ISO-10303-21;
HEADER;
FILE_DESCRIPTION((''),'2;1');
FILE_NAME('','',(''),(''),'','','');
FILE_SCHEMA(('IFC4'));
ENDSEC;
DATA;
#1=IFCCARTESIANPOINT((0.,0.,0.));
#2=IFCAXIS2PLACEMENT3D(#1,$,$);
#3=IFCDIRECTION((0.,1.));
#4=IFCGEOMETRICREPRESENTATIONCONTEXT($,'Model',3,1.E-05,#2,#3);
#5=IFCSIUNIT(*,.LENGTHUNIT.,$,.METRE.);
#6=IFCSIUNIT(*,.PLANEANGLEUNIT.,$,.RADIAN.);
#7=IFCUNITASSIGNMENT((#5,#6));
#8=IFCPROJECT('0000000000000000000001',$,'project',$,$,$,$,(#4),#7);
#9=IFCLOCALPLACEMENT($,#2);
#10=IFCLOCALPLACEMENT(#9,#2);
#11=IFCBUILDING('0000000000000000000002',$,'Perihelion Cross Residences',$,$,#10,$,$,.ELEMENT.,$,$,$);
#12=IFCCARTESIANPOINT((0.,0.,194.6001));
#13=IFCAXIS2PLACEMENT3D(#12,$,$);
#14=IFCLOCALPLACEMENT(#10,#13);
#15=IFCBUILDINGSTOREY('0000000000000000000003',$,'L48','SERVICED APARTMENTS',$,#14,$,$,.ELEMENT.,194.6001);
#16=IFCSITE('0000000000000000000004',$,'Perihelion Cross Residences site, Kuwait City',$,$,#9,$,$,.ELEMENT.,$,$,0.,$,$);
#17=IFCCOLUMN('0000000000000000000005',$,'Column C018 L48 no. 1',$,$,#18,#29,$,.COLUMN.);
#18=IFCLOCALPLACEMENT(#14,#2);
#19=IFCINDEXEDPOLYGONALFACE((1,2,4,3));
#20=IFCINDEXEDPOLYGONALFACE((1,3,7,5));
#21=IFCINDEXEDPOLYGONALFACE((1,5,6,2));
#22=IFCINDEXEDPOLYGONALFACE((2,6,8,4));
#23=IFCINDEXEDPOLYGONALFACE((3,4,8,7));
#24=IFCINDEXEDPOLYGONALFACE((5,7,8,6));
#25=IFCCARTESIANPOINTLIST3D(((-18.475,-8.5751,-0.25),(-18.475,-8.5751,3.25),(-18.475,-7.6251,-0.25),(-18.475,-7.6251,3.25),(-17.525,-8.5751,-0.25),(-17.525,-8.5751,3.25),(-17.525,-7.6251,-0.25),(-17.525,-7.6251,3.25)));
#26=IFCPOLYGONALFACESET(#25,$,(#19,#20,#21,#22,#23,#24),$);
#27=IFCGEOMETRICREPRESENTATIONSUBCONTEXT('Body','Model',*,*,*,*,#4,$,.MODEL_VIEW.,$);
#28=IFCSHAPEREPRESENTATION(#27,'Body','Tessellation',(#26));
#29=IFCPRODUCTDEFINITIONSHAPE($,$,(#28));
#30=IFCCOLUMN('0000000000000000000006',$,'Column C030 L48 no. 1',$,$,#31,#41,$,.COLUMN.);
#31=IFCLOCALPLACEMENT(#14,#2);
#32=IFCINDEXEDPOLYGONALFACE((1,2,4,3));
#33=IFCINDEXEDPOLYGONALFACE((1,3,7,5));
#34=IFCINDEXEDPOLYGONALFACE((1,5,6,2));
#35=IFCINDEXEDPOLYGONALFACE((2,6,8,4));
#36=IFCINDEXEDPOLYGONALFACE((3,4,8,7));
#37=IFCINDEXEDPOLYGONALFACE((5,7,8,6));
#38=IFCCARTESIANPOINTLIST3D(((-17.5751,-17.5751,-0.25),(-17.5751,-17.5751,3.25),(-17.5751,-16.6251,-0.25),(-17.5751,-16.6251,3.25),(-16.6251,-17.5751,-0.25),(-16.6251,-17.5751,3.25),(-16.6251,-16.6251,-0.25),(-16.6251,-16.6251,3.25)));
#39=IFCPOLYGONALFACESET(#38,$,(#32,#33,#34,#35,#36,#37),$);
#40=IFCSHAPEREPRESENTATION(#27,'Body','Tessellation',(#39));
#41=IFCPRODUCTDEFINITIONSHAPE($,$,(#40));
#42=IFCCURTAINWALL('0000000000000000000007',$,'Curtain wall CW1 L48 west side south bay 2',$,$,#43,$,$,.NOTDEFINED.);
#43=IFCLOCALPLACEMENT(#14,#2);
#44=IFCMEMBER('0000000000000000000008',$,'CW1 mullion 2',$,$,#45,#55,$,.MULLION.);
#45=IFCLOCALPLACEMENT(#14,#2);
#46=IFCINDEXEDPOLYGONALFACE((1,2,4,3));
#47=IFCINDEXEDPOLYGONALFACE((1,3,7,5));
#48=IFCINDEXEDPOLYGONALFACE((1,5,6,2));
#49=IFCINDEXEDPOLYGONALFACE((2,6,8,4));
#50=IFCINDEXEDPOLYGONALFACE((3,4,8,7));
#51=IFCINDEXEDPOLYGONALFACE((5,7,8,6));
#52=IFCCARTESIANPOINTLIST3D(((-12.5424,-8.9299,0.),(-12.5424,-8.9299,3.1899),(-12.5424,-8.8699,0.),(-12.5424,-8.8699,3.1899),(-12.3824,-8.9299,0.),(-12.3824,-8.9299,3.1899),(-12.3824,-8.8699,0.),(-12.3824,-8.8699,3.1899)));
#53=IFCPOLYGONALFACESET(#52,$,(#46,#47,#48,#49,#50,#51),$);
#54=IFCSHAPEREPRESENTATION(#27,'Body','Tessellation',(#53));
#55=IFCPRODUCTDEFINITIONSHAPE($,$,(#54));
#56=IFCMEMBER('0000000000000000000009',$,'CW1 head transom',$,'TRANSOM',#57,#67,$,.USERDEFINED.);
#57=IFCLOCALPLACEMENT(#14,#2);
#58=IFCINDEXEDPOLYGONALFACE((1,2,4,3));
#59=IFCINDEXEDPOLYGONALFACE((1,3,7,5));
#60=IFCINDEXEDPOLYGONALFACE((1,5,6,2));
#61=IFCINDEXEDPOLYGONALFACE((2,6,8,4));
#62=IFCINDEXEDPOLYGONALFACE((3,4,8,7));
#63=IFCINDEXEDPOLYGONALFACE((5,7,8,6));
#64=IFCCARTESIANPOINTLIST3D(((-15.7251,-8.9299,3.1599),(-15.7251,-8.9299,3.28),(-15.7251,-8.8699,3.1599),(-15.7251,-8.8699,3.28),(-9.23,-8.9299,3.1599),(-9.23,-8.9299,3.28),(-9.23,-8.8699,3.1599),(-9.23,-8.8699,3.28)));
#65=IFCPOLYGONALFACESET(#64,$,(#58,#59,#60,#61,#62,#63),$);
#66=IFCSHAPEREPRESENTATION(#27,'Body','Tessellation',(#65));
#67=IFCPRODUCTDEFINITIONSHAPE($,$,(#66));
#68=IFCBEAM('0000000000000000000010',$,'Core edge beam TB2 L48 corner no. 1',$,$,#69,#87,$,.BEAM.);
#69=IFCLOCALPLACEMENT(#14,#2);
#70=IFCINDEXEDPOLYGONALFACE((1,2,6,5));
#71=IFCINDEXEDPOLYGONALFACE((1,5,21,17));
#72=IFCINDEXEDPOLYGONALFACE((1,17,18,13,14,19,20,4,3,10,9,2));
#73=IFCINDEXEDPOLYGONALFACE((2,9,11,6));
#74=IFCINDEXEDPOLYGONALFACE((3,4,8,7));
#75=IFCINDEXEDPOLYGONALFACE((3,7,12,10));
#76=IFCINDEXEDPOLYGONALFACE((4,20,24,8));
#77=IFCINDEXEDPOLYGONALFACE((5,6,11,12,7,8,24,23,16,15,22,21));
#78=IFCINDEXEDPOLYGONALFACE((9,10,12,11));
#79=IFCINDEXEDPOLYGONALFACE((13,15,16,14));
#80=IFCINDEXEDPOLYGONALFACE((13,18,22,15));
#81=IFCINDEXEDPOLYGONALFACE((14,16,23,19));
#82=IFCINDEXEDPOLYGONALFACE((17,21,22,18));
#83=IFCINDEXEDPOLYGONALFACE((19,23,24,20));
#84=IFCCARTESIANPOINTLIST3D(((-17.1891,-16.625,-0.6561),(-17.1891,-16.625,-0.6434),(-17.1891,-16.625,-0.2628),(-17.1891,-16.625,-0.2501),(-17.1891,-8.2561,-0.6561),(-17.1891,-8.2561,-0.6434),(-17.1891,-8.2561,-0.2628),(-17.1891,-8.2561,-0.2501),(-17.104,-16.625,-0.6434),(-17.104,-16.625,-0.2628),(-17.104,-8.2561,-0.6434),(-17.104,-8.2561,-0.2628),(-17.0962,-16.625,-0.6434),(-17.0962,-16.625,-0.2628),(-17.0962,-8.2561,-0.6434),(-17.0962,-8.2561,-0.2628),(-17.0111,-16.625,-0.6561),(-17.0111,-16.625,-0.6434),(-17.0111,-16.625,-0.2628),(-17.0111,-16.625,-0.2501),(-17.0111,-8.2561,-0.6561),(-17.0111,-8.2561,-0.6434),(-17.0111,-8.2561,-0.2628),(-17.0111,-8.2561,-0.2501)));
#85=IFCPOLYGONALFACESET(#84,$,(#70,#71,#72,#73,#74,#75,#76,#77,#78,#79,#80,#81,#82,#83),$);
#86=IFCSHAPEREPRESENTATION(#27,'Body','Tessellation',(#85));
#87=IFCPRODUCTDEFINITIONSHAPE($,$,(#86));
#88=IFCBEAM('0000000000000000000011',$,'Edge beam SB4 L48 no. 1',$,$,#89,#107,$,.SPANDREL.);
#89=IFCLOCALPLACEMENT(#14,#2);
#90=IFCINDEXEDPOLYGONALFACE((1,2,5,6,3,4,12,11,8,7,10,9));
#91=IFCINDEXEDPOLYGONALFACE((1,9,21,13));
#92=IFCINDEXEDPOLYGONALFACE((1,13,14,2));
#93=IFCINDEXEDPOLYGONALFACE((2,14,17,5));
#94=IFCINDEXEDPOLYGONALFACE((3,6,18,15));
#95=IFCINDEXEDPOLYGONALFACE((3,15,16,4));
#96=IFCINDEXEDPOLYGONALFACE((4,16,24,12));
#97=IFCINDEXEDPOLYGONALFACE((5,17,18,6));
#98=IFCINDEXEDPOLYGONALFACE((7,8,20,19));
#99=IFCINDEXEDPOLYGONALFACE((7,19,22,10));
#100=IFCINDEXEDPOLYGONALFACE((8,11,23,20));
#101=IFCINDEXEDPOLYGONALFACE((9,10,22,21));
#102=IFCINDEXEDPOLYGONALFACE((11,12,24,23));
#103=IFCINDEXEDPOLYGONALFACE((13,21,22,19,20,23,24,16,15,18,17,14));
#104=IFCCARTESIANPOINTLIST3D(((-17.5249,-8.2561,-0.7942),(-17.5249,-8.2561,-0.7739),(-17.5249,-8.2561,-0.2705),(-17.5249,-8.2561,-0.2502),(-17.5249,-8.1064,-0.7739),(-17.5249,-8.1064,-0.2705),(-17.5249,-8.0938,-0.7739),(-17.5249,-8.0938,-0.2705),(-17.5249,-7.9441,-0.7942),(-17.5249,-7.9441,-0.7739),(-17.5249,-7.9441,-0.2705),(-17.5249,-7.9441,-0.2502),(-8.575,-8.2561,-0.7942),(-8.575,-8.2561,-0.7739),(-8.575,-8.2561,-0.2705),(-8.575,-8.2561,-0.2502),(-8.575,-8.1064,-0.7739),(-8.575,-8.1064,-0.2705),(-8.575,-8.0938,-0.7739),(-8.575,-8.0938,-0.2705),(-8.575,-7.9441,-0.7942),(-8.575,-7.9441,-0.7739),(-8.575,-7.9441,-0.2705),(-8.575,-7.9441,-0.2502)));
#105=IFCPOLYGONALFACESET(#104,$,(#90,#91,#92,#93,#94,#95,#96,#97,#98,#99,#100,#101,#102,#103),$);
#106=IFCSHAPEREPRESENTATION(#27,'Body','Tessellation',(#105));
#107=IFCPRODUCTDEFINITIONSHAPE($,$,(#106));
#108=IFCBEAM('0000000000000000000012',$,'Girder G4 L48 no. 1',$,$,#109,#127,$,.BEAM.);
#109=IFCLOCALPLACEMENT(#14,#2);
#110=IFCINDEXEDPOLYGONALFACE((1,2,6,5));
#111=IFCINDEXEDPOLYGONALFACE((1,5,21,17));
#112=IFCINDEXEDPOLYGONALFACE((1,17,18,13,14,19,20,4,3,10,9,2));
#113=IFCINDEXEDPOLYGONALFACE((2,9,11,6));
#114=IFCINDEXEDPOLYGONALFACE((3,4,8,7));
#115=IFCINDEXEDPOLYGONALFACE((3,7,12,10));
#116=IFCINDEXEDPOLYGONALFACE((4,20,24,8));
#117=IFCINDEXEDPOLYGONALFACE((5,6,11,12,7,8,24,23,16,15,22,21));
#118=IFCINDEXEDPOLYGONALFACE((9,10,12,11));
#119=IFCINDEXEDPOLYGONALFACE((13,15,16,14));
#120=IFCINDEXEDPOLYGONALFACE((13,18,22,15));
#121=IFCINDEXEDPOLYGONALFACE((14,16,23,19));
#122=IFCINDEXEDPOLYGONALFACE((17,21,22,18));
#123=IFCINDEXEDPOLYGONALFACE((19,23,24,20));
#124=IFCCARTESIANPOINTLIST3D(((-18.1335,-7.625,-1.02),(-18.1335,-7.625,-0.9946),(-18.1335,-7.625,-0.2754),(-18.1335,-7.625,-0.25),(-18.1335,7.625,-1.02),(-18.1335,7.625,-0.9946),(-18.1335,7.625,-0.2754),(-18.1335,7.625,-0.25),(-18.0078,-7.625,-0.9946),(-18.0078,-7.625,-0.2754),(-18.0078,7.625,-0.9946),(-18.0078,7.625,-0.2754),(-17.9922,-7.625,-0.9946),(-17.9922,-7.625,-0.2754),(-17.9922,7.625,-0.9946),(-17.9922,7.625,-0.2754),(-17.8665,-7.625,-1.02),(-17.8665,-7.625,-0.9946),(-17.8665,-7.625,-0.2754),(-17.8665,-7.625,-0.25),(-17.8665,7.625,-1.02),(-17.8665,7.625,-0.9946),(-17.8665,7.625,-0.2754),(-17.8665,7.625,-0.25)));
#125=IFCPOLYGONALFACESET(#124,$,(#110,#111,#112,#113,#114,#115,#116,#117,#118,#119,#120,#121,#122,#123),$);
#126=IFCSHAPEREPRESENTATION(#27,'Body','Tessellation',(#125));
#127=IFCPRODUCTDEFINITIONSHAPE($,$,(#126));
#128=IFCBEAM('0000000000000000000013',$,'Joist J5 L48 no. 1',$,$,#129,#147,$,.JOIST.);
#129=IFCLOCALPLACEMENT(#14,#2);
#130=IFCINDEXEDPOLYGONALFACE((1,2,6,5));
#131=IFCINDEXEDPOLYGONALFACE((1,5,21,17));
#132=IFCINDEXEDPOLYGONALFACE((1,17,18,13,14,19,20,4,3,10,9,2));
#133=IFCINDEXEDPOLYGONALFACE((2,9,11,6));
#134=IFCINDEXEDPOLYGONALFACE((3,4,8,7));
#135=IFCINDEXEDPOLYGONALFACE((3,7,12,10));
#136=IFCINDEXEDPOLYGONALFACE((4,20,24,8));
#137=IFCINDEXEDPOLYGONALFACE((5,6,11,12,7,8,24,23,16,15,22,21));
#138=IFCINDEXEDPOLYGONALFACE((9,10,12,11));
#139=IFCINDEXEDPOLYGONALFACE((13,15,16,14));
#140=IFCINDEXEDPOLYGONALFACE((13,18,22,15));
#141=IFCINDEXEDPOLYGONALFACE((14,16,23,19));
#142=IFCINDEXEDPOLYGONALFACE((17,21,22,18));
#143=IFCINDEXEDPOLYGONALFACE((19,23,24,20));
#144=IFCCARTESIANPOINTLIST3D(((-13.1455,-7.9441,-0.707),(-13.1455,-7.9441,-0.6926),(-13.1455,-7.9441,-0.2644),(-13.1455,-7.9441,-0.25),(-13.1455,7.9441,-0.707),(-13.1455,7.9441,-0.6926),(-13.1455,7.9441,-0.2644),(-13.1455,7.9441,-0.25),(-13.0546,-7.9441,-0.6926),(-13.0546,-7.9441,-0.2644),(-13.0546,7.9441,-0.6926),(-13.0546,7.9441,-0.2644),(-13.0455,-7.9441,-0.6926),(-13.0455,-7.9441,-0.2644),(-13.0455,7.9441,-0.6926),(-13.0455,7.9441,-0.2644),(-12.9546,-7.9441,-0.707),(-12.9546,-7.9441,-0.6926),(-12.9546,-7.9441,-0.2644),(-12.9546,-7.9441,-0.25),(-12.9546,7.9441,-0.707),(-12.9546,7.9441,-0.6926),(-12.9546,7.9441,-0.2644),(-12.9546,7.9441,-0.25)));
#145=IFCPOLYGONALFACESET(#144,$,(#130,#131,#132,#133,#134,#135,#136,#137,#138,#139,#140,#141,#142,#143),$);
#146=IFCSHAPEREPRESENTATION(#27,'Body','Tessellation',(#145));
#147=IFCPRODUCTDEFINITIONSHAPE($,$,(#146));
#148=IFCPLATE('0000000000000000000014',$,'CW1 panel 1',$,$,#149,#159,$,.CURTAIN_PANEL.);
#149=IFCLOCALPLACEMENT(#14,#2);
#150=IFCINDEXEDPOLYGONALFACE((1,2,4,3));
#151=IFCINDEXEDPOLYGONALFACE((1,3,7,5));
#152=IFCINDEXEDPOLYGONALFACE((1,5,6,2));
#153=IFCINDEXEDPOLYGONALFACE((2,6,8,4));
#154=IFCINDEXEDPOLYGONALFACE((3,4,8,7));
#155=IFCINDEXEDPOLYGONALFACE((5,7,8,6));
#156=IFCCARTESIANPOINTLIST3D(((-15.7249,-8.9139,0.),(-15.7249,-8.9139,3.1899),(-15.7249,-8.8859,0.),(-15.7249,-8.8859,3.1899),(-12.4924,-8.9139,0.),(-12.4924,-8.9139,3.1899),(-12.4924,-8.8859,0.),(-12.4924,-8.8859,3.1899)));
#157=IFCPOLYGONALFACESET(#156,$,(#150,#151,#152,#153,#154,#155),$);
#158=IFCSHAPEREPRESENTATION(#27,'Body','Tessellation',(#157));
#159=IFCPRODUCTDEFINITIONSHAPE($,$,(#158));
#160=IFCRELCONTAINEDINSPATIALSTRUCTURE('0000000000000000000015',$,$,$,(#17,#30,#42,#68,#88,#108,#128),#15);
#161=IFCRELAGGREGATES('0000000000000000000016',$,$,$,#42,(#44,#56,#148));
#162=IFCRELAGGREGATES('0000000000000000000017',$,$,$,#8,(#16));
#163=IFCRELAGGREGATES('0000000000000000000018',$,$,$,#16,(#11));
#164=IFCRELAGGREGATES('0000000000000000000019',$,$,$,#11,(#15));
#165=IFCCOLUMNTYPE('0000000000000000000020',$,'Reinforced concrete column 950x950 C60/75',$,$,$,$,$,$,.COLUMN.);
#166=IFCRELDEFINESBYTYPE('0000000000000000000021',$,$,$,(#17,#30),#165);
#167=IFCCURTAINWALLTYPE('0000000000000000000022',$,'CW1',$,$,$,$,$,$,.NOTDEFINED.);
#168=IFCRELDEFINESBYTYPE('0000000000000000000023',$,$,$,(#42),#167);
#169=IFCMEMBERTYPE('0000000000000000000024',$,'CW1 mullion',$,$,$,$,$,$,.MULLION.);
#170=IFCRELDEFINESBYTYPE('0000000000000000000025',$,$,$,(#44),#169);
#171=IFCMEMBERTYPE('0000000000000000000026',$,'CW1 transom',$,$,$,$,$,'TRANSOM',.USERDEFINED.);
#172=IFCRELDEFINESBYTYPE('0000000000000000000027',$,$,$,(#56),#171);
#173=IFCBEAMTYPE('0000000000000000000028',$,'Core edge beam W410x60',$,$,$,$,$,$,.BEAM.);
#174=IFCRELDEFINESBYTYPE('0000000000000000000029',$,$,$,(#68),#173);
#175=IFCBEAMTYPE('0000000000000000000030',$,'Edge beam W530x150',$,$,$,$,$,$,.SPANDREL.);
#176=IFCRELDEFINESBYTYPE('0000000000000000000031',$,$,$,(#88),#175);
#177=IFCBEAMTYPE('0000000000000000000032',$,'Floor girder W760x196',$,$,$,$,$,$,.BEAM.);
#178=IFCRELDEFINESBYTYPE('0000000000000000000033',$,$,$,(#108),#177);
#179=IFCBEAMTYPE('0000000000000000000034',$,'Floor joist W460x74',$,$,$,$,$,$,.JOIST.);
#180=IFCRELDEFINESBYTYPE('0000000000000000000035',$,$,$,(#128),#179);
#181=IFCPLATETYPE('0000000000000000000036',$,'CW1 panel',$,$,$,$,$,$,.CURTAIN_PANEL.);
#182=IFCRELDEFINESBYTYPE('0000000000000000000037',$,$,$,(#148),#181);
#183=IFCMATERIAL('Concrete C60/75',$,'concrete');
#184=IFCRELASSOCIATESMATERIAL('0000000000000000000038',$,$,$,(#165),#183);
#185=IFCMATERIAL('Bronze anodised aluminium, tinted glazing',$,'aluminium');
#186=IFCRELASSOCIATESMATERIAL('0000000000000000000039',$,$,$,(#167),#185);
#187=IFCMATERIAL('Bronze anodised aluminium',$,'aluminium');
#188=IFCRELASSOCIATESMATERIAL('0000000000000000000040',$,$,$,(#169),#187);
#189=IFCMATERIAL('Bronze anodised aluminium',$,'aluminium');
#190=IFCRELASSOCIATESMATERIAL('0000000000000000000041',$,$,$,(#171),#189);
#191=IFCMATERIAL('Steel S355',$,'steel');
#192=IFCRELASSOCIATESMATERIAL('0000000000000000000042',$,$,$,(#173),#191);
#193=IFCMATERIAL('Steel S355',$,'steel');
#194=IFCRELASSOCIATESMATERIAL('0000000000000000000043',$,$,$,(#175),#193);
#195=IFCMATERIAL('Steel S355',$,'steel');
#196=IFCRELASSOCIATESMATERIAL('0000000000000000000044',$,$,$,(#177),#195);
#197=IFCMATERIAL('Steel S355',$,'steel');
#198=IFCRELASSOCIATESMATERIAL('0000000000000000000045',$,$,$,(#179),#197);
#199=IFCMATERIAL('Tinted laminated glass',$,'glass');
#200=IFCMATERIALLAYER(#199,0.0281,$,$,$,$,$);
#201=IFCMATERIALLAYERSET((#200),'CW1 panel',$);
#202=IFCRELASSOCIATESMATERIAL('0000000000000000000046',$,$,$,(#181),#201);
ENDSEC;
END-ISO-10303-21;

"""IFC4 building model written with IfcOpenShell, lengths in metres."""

from ifc_helpers import new_model, si_unit, direction, frame, origin, origin_2d, place, context, subcontext, project, spatial, rectangle, i_section, extrude, material, layer, layer_set, material_profile, profile_set, type_object, element, aggregate, save


model = new_model("IFC4")

# Units and contexts
model_context = context("Model", 3, precision=1e-05, world=origin(), true_north=direction((0.0, 1.0)))
body_context = subcontext(model_context, "Body", "Model", "MODEL_VIEW")
ifc_project = project(units=[si_unit("LENGTHUNIT", "METRE"), si_unit("PLANEANGLEUNIT", "RADIAN")], contexts=[model_context])

# Site, building, storey
site_placement = place(None, origin())
site = spatial("IfcSite", under=ifc_project, at=site_placement, Name="Perihelion Cross Residences site, Kuwait City", CompositionType="ELEMENT", RefElevation=0.0)
building_placement = place(site_placement, origin())
building = spatial("IfcBuilding", under=site, at=building_placement, Name="Perihelion Cross Residences", CompositionType="ELEMENT")
storey_placement = place(building_placement, frame((0.0, 0.0, 194.6001)))
storey = spatial("IfcBuildingStorey", under=building, at=storey_placement, Name="L48", Description="SERVICED APARTMENTS", CompositionType="ELEMENT", Elevation=194.6001)

# Columns
ifc_material_1 = material(Name="Concrete C60/75", Category="concrete")
ifc_material_profile_1 = material_profile(ifc_material_1, rectangle(XDim=0.95, YDim=0.95, at=origin_2d()), Name="RC 950x950")
ifc_profile_set_1 = profile_set([ifc_material_profile_1], Name="Concrete C60/75")
column_type = type_object("IfcColumnType", Name="Reinforced concrete column 950x950 C60/75", PredefinedType="COLUMN", material=ifc_profile_set_1)
for number, where, z_axis, x_axis, name in (
    (1, (-18.0, -8.1001, -0.25), (0.0, 0.0, 1.0), (1.0, 0.0, 0.0), "Column C018 L48 no. 1"),
    (2, (-17.1001, -17.1001, -0.25), (0.0, 0.0, 1.0), (1.0, 0.0, 0.0), "Column C030 L48 no. 1"),
):
    element("IfcColumn", number, at=place(storey_placement, frame(where, z_axis=z_axis, x_axis=x_axis)), inside=storey, type_object=column_type, Name=name, PredefinedType="COLUMN", context=body_context, shape_type="SweptSolid", body=[
        extrude(rectangle(XDim=0.95, YDim=0.95, at=origin_2d()), origin(), (0.0, 0.0, 1.0), 3.5),
    ])

# Curtain wall, members
ifc_material_2 = material(Name="Bronze anodised aluminium, tinted glazing", Category="aluminium")
curtain_wall_type = type_object("IfcCurtainWallType", Name="CW1", PredefinedType="NOTDEFINED", material=ifc_material_2)
curtain_wall_placement = place(storey_placement, origin())
curtain_wall = element("IfcCurtainWall", 3, at=curtain_wall_placement, inside=storey, type_object=curtain_wall_type, Name="Curtain wall CW1 L48 west side south bay 2", PredefinedType="NOTDEFINED")
ifc_material_3 = material(Name="Bronze anodised aluminium", Category="aluminium")
ifc_material_profile_2 = material_profile(ifc_material_3, rectangle(XDim=0.0601, YDim=0.1599, at=origin_2d()), Name="CW1 mullion")
ifc_profile_set_2 = profile_set([ifc_material_profile_2], Name="Bronze anodised aluminium")
member_type_1 = type_object("IfcMemberType", Name="CW1 mullion", PredefinedType="MULLION", material=ifc_profile_set_2)
member_1_placement = place(storey_placement, frame((-12.4624, -8.8999, 0.0), z_axis=(0.0, 0.0, 1.0), x_axis=(0.0, 1.0, 0.0)))
member_1 = element("IfcMember", 4, at=member_1_placement, type_object=member_type_1, Name="CW1 mullion 2", PredefinedType="MULLION", context=body_context, shape_type="SweptSolid", body=[
    extrude(rectangle(XDim=0.0601, YDim=0.1599, at=origin_2d()), origin(), (0.0, 0.0, 1.0), 3.1899),
])
ifc_material_4 = material(Name="Bronze anodised aluminium", Category="aluminium")
ifc_material_profile_3 = material_profile(ifc_material_4, rectangle(XDim=0.0601, YDim=0.1201, at=origin_2d()), Name="CW1 transom")
ifc_profile_set_3 = profile_set([ifc_material_profile_3], Name="Bronze anodised aluminium")
member_type_2 = type_object("IfcMemberType", Name="CW1 transom", ElementType="TRANSOM", PredefinedType="USERDEFINED", material=ifc_profile_set_3)
member_2_placement = place(storey_placement, frame((-15.7251, -8.8999, 3.22), z_axis=(1.0, 0.0, 0.0), x_axis=(0.0, 1.0, 0.0)))
member_2 = element("IfcMember", 5, at=member_2_placement, type_object=member_type_2, Name="CW1 head transom", ObjectType="TRANSOM", PredefinedType="USERDEFINED", context=body_context, shape_type="SweptSolid", body=[
    extrude(rectangle(XDim=0.0601, YDim=0.1201, at=origin_2d()), origin(), (0.0, 0.0, 1.0), 6.4951),
])

# Beams
ifc_material_5 = material(Name="Steel S355", Category="steel")
ifc_material_profile_4 = material_profile(ifc_material_5, i_section(OverallWidth=0.178, OverallDepth=0.406, WebThickness=0.0078, FlangeThickness=0.0127, at=origin_2d()), Name="W410x60")
ifc_profile_set_4 = profile_set([ifc_material_profile_4], Name="Steel S355")
beam_type_1 = type_object("IfcBeamType", Name="Core edge beam W410x60", PredefinedType="BEAM", material=ifc_profile_set_4)
beam_1_placement = place(storey_placement, frame((-17.1001, -8.2561, -0.4531), z_axis=(0.0, -1.0, 0.0), x_axis=(1.0, 0.0, 0.0)))
element("IfcBeam", 6, at=beam_1_placement, inside=storey, type_object=beam_type_1, Name="Core edge beam TB2 L48 corner no. 1", PredefinedType="BEAM", context=body_context, shape_type="SweptSolid", body=[
    extrude(i_section(OverallWidth=0.178, OverallDepth=0.406, WebThickness=0.0078, FlangeThickness=0.0127, at=origin_2d()), origin(), (0.0, 0.0, 1.0), 8.3689),
])
ifc_material_6 = material(Name="Steel S355", Category="steel")
ifc_material_profile_5 = material_profile(ifc_material_6, i_section(OverallWidth=0.312, OverallDepth=0.5439, WebThickness=0.0127, FlangeThickness=0.0203, at=origin_2d()), Name="W530x150")
ifc_profile_set_5 = profile_set([ifc_material_profile_5], Name="Steel S355")
beam_type_2 = type_object("IfcBeamType", Name="Edge beam W530x150", PredefinedType="SPANDREL", material=ifc_profile_set_5)
beam_2_placement = place(storey_placement, frame((-17.5249, -8.1001, -0.5222), z_axis=(1.0, 0.0, 0.0), x_axis=(0.0, 1.0, 0.0)))
element("IfcBeam", 7, at=beam_2_placement, inside=storey, type_object=beam_type_2, Name="Edge beam SB4 L48 no. 1", PredefinedType="SPANDREL", context=body_context, shape_type="SweptSolid", body=[
    extrude(i_section(OverallWidth=0.312, OverallDepth=0.5439, WebThickness=0.0127, FlangeThickness=0.0203, at=origin_2d()), origin(), (0.0, 0.0, 1.0), 8.95),
])
ifc_material_7 = material(Name="Steel S355", Category="steel")
ifc_material_profile_6 = material_profile(ifc_material_7, i_section(OverallWidth=0.2671, OverallDepth=0.77, WebThickness=0.0156, FlangeThickness=0.0254, at=origin_2d()), Name="W760x196")
ifc_profile_set_6 = profile_set([ifc_material_profile_6], Name="Steel S355")
beam_type_3 = type_object("IfcBeamType", Name="Floor girder W760x196", PredefinedType="BEAM", material=ifc_profile_set_6)
beam_3_placement = place(storey_placement, frame((-18.0, -7.625, -0.635), z_axis=(0.0, 1.0, 0.0), x_axis=(-1.0, 0.0, 0.0)))
element("IfcBeam", 8, at=beam_3_placement, inside=storey, type_object=beam_type_3, Name="Girder G4 L48 no. 1", PredefinedType="BEAM", context=body_context, shape_type="SweptSolid", body=[
    extrude(i_section(OverallWidth=0.2671, OverallDepth=0.77, WebThickness=0.0156, FlangeThickness=0.0254, at=origin_2d()), origin(), (0.0, 0.0, 1.0), 15.25),
])
ifc_material_8 = material(Name="Steel S355", Category="steel")
ifc_material_profile_7 = material_profile(ifc_material_8, i_section(OverallWidth=0.1909, OverallDepth=0.457, WebThickness=0.009, FlangeThickness=0.0144, at=origin_2d()), Name="W460x74")
ifc_profile_set_7 = profile_set([ifc_material_profile_7], Name="Steel S355")
beam_type_4 = type_object("IfcBeamType", Name="Floor joist W460x74", PredefinedType="JOIST", material=ifc_profile_set_7)
beam_4_placement = place(storey_placement, frame((-13.05, -7.9441, -0.4785), z_axis=(0.0, 1.0, 0.0), x_axis=(-1.0, 0.0, 0.0)))
element("IfcBeam", 9, at=beam_4_placement, inside=storey, type_object=beam_type_4, Name="Joist J5 L48 no. 1", PredefinedType="JOIST", context=body_context, shape_type="SweptSolid", body=[
    extrude(i_section(OverallWidth=0.1909, OverallDepth=0.457, WebThickness=0.009, FlangeThickness=0.0144, at=origin_2d()), origin(), (0.0, 0.0, 1.0), 15.8882),
])

# Plate
ifc_material_9 = material(Name="Tinted laminated glass", Category="glass")
ifc_layer_1 = layer(ifc_material_9, 0.0281)
ifc_layer_set_1 = layer_set([ifc_layer_1], Name="CW1 panel")
plate_type = type_object("IfcPlateType", Name="CW1 panel", PredefinedType="CURTAIN_PANEL", material=ifc_layer_set_1)
plate_placement = place(storey_placement, frame((-14.1086, -8.8999, 0.0), z_axis=(0.0, 0.0, 1.0), x_axis=(1.0, 0.0, 0.0)))
plate = element("IfcPlate", 10, at=plate_placement, type_object=plate_type, Name="CW1 panel 1", PredefinedType="CURTAIN_PANEL", context=body_context, shape_type="SweptSolid", body=[
    extrude(rectangle(XDim=3.2324, YDim=0.0281, at=origin_2d()), origin(), (0.0, 0.0, 1.0), 3.1899),
])
aggregate(curtain_wall, [member_1, member_2, plate])

save(model, "model.ifc")
